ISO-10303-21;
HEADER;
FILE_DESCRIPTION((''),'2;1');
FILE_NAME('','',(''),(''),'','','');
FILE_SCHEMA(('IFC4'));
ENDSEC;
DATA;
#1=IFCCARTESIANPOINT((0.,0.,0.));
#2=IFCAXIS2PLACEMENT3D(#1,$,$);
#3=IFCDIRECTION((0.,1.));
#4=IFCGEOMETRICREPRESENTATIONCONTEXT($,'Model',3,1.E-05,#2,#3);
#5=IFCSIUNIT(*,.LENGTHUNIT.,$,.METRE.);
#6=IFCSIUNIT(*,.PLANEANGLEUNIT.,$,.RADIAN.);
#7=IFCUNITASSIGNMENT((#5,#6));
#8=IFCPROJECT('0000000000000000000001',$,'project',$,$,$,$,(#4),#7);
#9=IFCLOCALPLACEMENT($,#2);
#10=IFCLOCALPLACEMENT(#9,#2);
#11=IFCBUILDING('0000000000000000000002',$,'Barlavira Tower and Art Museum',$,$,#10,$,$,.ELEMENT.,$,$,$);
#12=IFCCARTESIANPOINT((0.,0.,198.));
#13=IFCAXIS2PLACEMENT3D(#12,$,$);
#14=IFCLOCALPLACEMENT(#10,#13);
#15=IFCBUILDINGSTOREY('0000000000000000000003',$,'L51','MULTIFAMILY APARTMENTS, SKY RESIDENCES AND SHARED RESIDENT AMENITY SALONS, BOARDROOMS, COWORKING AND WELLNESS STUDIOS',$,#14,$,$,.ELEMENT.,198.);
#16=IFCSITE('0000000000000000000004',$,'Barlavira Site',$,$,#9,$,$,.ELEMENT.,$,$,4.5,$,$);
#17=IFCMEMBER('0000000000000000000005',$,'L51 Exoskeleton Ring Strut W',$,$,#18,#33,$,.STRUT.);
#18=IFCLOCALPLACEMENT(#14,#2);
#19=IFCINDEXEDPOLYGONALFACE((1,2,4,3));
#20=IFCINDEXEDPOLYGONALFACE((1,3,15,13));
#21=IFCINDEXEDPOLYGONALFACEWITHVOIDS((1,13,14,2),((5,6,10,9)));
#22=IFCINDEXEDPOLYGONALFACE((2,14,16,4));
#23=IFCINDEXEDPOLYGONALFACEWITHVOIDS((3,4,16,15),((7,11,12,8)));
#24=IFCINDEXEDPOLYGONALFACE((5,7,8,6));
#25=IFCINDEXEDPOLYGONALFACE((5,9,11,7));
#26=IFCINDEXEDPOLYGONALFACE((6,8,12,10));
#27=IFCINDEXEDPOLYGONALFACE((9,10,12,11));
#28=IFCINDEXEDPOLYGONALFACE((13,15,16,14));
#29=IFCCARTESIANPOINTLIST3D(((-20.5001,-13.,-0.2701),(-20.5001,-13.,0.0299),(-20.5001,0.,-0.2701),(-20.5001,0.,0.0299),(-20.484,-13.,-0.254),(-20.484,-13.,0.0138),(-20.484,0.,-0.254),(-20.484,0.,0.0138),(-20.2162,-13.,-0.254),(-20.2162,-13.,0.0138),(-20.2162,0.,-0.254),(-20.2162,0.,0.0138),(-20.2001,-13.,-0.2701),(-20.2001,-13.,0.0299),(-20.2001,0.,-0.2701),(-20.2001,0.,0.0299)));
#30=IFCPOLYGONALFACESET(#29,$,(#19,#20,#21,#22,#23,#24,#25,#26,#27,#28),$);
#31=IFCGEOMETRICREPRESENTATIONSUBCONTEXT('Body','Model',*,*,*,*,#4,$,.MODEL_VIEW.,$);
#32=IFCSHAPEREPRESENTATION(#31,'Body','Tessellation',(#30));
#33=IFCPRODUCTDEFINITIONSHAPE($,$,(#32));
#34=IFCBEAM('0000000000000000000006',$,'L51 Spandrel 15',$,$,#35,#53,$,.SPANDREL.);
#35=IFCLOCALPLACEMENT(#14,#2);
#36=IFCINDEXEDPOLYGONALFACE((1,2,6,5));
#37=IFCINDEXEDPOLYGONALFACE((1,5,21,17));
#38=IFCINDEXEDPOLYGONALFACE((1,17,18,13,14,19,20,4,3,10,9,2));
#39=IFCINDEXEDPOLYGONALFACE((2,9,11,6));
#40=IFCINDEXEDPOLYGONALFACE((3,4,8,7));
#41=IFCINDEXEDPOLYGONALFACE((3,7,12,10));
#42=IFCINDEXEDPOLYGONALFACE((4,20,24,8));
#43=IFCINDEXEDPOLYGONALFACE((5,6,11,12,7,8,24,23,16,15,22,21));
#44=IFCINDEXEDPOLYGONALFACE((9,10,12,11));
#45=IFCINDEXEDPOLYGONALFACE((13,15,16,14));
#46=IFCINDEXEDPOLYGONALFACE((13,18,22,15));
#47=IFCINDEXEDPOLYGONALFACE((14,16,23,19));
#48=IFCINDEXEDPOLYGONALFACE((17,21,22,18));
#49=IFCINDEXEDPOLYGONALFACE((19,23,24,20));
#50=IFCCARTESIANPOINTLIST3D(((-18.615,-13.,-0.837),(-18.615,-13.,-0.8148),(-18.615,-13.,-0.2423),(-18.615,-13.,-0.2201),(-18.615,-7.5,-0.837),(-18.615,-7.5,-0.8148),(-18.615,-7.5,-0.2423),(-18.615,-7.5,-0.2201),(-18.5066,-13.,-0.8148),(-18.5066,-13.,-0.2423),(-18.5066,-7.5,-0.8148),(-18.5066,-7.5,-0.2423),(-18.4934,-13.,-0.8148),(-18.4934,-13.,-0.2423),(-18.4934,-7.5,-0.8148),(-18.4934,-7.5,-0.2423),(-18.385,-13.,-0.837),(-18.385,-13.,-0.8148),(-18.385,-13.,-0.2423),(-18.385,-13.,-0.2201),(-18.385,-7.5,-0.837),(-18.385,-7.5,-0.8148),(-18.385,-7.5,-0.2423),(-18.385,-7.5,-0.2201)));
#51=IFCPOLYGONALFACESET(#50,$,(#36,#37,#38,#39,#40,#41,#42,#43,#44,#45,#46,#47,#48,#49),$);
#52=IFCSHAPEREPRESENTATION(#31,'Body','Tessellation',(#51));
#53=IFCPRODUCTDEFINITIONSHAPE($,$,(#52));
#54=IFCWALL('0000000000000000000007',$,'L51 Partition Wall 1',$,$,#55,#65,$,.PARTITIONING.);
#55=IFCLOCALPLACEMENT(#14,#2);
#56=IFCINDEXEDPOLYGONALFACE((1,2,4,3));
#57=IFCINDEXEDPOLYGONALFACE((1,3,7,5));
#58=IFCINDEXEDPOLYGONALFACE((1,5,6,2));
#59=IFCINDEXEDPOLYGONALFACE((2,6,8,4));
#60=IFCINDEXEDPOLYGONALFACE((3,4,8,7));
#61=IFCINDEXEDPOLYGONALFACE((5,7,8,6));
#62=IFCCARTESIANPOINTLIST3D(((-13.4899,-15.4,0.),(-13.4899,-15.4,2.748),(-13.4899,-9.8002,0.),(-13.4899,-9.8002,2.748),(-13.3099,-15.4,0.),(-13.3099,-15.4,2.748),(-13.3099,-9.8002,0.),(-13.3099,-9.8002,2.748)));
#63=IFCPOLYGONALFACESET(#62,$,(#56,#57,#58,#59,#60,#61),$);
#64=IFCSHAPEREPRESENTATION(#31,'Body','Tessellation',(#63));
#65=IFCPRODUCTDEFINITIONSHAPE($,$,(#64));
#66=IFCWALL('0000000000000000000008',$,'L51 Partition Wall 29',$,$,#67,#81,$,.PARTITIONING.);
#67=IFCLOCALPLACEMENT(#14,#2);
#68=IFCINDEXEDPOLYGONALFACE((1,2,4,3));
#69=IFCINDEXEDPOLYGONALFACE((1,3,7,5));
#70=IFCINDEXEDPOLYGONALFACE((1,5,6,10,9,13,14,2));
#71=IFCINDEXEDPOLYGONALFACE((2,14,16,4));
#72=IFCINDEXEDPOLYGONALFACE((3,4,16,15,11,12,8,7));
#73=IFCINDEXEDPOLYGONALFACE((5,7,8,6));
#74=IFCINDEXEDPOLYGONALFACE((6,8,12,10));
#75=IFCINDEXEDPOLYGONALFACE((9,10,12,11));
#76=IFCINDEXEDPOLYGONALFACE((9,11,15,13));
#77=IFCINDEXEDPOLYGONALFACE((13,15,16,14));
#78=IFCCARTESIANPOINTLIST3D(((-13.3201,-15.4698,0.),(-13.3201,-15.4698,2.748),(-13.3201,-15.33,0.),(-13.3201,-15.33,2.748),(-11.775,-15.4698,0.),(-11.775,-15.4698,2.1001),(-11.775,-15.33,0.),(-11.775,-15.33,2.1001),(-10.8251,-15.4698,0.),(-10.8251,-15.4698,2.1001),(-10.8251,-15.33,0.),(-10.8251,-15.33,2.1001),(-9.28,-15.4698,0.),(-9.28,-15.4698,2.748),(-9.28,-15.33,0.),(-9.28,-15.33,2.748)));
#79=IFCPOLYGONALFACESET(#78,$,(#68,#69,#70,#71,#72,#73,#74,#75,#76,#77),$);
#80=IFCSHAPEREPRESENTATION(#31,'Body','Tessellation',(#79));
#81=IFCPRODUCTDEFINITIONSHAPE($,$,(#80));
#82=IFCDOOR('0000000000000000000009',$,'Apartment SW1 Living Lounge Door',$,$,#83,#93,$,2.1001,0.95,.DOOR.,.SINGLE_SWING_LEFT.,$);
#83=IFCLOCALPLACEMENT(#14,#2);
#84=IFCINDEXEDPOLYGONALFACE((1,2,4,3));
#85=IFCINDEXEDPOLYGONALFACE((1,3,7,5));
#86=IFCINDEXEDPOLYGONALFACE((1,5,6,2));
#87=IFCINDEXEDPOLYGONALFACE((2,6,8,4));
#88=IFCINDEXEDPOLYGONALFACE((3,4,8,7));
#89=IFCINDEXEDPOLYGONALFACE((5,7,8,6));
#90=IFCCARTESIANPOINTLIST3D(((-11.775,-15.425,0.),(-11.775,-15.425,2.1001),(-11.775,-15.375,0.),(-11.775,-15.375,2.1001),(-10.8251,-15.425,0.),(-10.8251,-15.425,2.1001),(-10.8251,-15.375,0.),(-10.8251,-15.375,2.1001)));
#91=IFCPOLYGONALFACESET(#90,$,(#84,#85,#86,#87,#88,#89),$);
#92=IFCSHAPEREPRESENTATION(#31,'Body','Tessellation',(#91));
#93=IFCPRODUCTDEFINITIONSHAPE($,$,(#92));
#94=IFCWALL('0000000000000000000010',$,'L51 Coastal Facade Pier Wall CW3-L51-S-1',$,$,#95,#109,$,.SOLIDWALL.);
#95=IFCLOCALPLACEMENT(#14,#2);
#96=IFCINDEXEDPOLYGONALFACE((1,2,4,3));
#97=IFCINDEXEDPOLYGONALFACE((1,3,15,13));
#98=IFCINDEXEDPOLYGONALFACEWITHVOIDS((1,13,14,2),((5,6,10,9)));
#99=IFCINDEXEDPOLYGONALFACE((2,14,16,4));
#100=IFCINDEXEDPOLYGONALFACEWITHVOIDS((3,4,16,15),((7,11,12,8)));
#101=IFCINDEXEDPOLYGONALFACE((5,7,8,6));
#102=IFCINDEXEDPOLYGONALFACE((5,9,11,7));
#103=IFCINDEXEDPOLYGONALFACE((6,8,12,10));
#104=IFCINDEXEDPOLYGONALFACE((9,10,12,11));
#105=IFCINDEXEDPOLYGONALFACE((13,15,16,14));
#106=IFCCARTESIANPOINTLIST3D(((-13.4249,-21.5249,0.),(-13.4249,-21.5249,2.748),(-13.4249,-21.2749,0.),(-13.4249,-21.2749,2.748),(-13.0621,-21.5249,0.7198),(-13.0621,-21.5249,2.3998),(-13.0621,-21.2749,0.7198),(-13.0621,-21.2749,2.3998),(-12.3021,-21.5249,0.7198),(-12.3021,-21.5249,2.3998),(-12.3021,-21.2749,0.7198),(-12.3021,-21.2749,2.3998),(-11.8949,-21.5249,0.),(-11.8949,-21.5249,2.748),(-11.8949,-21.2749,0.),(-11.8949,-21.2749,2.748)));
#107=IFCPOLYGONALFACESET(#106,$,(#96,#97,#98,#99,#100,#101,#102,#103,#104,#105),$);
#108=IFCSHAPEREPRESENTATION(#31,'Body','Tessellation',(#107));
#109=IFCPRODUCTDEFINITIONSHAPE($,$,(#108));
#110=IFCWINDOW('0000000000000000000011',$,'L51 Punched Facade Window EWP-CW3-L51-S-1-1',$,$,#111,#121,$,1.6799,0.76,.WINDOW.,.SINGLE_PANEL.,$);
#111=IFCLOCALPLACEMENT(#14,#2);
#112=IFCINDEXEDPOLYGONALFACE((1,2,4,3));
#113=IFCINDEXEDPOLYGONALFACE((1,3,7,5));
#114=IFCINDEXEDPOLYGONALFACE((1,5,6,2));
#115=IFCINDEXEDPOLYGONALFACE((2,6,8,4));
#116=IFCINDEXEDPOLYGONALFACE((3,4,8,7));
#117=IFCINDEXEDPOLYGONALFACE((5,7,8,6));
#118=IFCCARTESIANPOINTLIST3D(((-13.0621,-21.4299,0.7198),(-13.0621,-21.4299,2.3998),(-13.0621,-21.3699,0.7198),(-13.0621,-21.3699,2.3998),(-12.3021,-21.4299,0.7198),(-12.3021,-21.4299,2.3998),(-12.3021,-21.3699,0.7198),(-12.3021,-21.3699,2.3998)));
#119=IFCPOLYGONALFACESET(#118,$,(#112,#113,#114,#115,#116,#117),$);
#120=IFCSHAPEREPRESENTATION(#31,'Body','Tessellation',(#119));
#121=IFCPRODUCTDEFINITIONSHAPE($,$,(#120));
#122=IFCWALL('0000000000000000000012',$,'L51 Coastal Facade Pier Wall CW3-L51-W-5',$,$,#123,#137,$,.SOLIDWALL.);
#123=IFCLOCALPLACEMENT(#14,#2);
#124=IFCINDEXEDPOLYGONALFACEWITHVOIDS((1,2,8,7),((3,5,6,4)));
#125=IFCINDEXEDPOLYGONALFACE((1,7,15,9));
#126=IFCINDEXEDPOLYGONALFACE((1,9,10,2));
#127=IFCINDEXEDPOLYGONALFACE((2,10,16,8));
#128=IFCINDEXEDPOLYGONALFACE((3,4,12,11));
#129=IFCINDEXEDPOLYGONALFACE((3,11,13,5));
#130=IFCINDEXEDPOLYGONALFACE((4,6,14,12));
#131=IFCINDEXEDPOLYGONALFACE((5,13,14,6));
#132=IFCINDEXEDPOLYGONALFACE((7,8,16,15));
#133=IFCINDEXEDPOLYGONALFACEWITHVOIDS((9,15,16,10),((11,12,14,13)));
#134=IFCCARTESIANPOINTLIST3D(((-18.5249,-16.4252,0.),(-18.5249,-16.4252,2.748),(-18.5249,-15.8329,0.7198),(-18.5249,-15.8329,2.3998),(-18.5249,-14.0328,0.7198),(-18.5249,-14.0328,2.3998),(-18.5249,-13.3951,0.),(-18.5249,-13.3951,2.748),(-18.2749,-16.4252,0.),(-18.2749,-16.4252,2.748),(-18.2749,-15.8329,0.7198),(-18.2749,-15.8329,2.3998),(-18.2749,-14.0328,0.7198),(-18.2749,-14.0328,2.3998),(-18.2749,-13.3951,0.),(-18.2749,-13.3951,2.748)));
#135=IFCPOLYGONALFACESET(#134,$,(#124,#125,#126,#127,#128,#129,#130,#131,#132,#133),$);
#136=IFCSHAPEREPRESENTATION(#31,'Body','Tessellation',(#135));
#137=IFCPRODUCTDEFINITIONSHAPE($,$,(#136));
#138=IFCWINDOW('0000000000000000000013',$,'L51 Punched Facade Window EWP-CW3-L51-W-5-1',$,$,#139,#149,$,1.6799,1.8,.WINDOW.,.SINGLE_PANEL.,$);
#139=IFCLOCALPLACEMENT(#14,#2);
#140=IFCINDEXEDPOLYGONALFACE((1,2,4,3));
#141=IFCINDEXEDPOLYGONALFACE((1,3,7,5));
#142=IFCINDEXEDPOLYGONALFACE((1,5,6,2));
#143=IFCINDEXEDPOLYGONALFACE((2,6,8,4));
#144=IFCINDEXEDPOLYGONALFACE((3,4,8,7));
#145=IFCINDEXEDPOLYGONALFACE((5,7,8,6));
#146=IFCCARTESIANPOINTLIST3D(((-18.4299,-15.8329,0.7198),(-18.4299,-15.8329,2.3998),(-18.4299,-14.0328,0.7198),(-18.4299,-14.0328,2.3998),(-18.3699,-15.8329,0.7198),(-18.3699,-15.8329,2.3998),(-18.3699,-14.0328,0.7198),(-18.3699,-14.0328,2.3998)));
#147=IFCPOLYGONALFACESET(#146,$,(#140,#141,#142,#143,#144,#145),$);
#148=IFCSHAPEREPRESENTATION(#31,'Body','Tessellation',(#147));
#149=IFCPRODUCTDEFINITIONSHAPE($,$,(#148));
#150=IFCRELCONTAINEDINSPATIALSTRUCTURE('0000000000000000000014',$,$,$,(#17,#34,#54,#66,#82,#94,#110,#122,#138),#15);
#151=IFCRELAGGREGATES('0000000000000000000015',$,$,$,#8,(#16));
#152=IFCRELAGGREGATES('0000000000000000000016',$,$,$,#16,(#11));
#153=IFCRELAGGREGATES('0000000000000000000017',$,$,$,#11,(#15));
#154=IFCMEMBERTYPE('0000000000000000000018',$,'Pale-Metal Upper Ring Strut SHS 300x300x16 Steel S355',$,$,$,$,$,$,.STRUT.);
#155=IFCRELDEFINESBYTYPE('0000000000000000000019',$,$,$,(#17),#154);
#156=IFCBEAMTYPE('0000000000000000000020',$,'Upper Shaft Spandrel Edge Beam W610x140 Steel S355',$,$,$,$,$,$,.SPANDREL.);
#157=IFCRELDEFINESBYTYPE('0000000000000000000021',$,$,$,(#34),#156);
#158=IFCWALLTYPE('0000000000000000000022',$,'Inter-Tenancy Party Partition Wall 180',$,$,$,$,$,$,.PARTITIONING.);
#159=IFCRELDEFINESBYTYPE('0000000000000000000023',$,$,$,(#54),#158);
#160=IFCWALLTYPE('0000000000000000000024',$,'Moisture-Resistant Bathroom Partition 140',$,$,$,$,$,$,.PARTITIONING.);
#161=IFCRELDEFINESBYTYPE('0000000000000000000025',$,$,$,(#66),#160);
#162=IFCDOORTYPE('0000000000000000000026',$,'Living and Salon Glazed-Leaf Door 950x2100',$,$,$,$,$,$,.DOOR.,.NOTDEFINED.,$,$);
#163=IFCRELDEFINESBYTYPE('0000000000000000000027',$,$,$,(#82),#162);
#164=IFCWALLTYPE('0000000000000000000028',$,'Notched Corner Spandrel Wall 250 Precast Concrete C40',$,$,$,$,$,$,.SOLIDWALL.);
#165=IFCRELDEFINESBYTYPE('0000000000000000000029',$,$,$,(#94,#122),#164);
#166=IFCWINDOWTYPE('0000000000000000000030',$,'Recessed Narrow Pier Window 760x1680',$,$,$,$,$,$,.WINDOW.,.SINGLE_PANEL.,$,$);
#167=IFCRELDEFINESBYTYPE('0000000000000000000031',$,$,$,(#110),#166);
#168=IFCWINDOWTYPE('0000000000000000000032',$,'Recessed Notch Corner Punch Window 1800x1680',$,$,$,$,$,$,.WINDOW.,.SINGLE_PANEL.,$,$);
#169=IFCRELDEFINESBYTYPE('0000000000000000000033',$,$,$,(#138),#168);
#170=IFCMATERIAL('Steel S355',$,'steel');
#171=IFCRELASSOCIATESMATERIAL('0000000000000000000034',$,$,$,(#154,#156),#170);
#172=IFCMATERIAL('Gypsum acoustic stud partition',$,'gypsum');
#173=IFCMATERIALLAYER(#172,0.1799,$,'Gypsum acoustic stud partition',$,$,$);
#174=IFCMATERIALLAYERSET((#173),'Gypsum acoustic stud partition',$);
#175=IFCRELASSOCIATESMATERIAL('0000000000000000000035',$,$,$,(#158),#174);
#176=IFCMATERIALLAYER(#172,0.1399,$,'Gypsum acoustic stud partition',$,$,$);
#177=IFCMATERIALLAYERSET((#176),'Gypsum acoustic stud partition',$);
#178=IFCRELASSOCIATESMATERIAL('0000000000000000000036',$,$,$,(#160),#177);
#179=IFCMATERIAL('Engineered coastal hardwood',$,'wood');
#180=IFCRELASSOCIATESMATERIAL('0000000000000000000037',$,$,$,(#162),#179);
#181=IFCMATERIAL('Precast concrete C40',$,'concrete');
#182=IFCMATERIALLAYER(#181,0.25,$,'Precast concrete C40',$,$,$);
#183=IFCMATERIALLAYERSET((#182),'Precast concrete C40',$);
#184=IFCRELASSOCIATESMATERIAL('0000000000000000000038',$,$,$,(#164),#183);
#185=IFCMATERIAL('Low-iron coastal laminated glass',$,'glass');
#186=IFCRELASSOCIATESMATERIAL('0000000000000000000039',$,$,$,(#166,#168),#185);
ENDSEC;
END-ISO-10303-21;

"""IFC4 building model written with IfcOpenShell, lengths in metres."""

from ifc_helpers import new_model, si_unit, direction, frame, frame_2d, origin, origin_2d, place, context, subcontext, project, spatial, rectangle, hollow_rectangle, i_section, extrude, material, layer, layer_set, material_profile, profile_set, type_object, element, fill, save


model = new_model("IFC4")

# Units and contexts
model_context = context("Model", 3, precision=1e-05, world=origin(), true_north=direction((0.0, 1.0)))
body_context = subcontext(model_context, "Body", "Model", "MODEL_VIEW")
ifc_project = project(units=[si_unit("LENGTHUNIT", "METRE"), si_unit("PLANEANGLEUNIT", "RADIAN")], contexts=[model_context])

# Site, building, storey
site_placement = place(None, origin())
site = spatial("IfcSite", under=ifc_project, at=site_placement, Name="Barlavira Site", CompositionType="ELEMENT", RefElevation=4.5)
building_placement = place(site_placement, origin())
building = spatial("IfcBuilding", under=site, at=building_placement, Name="Barlavira Tower and Art Museum", CompositionType="ELEMENT")
storey_placement = place(building_placement, frame((0.0, 0.0, 198.0)))
storey = spatial("IfcBuildingStorey", under=building, at=storey_placement, Name="L51", Description="MULTIFAMILY APARTMENTS, SKY RESIDENCES AND SHARED RESIDENT AMENITY SALONS, BOARDROOMS, COWORKING AND WELLNESS STUDIOS", CompositionType="ELEMENT", Elevation=198.0)

# Member
ifc_material_1 = material(Name="Steel S355", Category="steel")
ifc_material_profile_1 = material_profile(ifc_material_1, hollow_rectangle(XDim=0.3, YDim=0.3, WallThickness=0.0161, at=origin_2d()), Name="SHS 300x300x16.0")
ifc_profile_set_1 = profile_set([ifc_material_profile_1], Name="Steel S355")
member_type_1 = type_object("IfcMemberType", Name="Pale-Metal Upper Ring Strut SHS 300x300x16 Steel S355", PredefinedType="STRUT", material=ifc_profile_set_1)
member_1_placement = place(storey_placement, frame((-20.3501, -13.0, -0.1201), z_axis=(0.0, 1.0, 0.0), x_axis=(-1.0, 0.0, 0.0)))
element("IfcMember", 1, at=member_1_placement, inside=storey, type_object=member_type_1, Name="L51 Exoskeleton Ring Strut W", PredefinedType="STRUT", context=body_context, shape_type="SweptSolid", body=[
    extrude(hollow_rectangle(XDim=0.3, YDim=0.3, WallThickness=0.0161, at=origin_2d()), origin(), (0.0, 0.0, 1.0), 13.0),
])

# Beam
ifc_material_profile_2 = material_profile(ifc_material_1, i_section(OverallWidth=0.23, OverallDepth=0.6169, WebThickness=0.0132, FlangeThickness=0.0222, at=origin_2d()), Name="W610x140.0")
ifc_profile_set_2 = profile_set([ifc_material_profile_2], Name="Steel S355")
beam_type = type_object("IfcBeamType", Name="Upper Shaft Spandrel Edge Beam W610x140 Steel S355", PredefinedType="SPANDREL", material=ifc_profile_set_2)
beam_placement = place(storey_placement, frame((-18.5, -13.0, -0.5286), z_axis=(0.0, 1.0, 0.0), x_axis=(-1.0, 0.0, 0.0)))
element("IfcBeam", 2, at=beam_placement, inside=storey, type_object=beam_type, Name="L51 Spandrel 15", PredefinedType="SPANDREL", context=body_context, shape_type="SweptSolid", body=[
    extrude(i_section(OverallWidth=0.23, OverallDepth=0.6169, WebThickness=0.0132, FlangeThickness=0.0222, at=origin_2d()), origin(), (0.0, 0.0, 1.0), 5.5),
])

# Wall
ifc_material_2 = material(Name="Gypsum acoustic stud partition", Category="gypsum")
ifc_layer_1 = layer(ifc_material_2, 0.1799, Name="Gypsum acoustic stud partition")
ifc_layer_set_1 = layer_set([ifc_layer_1], Name="Gypsum acoustic stud partition")
wall_type_1 = type_object("IfcWallType", Name="Inter-Tenancy Party Partition Wall 180", PredefinedType="PARTITIONING", material=ifc_layer_set_1)
wall_1_placement = place(storey_placement, frame((-13.3999, -15.3999, 0.0), z_axis=(0.0, 0.0, 1.0), x_axis=(0.0, 1.0, 0.0)))
element("IfcWall", 3, at=wall_1_placement, inside=storey, type_object=wall_type_1, Name="L51 Partition Wall 1", PredefinedType="PARTITIONING", context=body_context, shape_type="SweptSolid", body=[
    extrude(rectangle(XDim=5.5999, YDim=0.1799, at=frame_2d((2.7998, 0.0))), origin(), (0.0, 0.0, 1.0), 2.748),
])

# Wall, opening, door
ifc_layer_2 = layer(ifc_material_2, 0.1399, Name="Gypsum acoustic stud partition")
ifc_layer_set_2 = layer_set([ifc_layer_2], Name="Gypsum acoustic stud partition")
wall_type_2 = type_object("IfcWallType", Name="Moisture-Resistant Bathroom Partition 140", PredefinedType="PARTITIONING", material=ifc_layer_set_2)
wall_2_placement = place(storey_placement, frame((-13.3201, -15.3999, 0.0), z_axis=(0.0, 0.0, 1.0), x_axis=(1.0, 0.0, 0.0)))
wall_2 = element("IfcWall", 4, at=wall_2_placement, inside=storey, type_object=wall_type_2, Name="L51 Partition Wall 29", PredefinedType="PARTITIONING", context=body_context, shape_type="SweptSolid", body=[
    extrude(rectangle(XDim=4.04, YDim=0.1399, at=frame_2d((2.02, 0.0))), origin(), (0.0, 0.0, 1.0), 2.748),
])
opening_1_placement = place(wall_2_placement, frame((1.5449, 0.0, 0.0)))
opening_1 = element("IfcOpeningElement", 5, at=opening_1_placement, cuts=wall_2, PredefinedType="OPENING", context=body_context, shape_type="SweptSolid", body=[
    extrude(rectangle(XDim=0.95, YDim=2.1001, at=frame_2d((0.4751, 1.05))), frame((0.0, 0.0801, 0.0), z_axis=(0.0, -1.0, 0.0), x_axis=(1.0, 0.0, 0.0)), (0.0, 0.0, 1.0), 0.1599),
])
ifc_material_3 = material(Name="Engineered coastal hardwood", Category="wood")
door_type = type_object("IfcDoorType", Name="Living and Salon Glazed-Leaf Door 950x2100", OperationType="NOTDEFINED", PredefinedType="DOOR", material=ifc_material_3)
door_placement = place(opening_1_placement, origin())
door = element("IfcDoor", 6, at=door_placement, inside=storey, type_object=door_type, Name="Apartment SW1 Living Lounge Door", OperationType="SINGLE_SWING_LEFT", OverallHeight=2.1001, OverallWidth=0.95, PredefinedType="DOOR", context=body_context, shape_type="SweptSolid", body=[
    extrude(rectangle(XDim=0.95, YDim=2.1001, at=frame_2d((0.4751, 1.05))), frame((0.0, 0.0249, 0.0), z_axis=(0.0, -1.0, 0.0), x_axis=(1.0, 0.0, 0.0)), (0.0, 0.0, 1.0), 0.05),
])
fill(opening_1, door)

# Walls, openings, windows
ifc_material_4 = material(Name="Precast concrete C40", Category="concrete")
ifc_layer_3 = layer(ifc_material_4, 0.25, Name="Precast concrete C40")
ifc_layer_set_3 = layer_set([ifc_layer_3], Name="Precast concrete C40")
wall_type_3 = type_object("IfcWallType", Name="Notched Corner Spandrel Wall 250 Precast Concrete C40", PredefinedType="SOLIDWALL", material=ifc_layer_set_3)
wall_3_placement = place(storey_placement, frame((-13.425, -21.3999, 0.0), z_axis=(0.0, 0.0, 1.0), x_axis=(1.0, 0.0, 0.0)))
wall_3 = element("IfcWall", 7, at=wall_3_placement, inside=storey, type_object=wall_type_3, Name="L51 Coastal Facade Pier Wall CW3-L51-S-1", PredefinedType="SOLIDWALL", context=body_context, shape_type="SweptSolid", body=[
    extrude(rectangle(XDim=1.53, YDim=0.25, at=frame_2d((0.7651, 0.0))), origin(), (0.0, 0.0, 1.0), 2.748),
])
opening_2_placement = place(wall_3_placement, frame((0.363, 0.0, 0.72)))
opening_2 = element("IfcOpeningElement", 8, at=opening_2_placement, cuts=wall_3, PredefinedType="OPENING", context=body_context, shape_type="SweptSolid", body=[
    extrude(rectangle(XDim=0.76, YDim=1.6799, at=frame_2d((0.3799, 0.8398))), frame((0.0, 0.135, 0.0), z_axis=(0.0, -1.0, 0.0), x_axis=(1.0, 0.0, 0.0)), (0.0, 0.0, 1.0), 0.27),
])
ifc_material_5 = material(Name="Low-iron coastal laminated glass", Category="glass")
window_type_1 = type_object("IfcWindowType", Name="Recessed Narrow Pier Window 760x1680", PartitioningType="SINGLE_PANEL", PredefinedType="WINDOW", material=ifc_material_5)
window_1_placement = place(opening_2_placement, origin())
window_1 = element("IfcWindow", 9, at=window_1_placement, inside=storey, type_object=window_type_1, Name="L51 Punched Facade Window EWP-CW3-L51-S-1-1", OverallHeight=1.6799, OverallWidth=0.76, PartitioningType="SINGLE_PANEL", PredefinedType="WINDOW", context=body_context, shape_type="SweptSolid", body=[
    extrude(rectangle(XDim=0.76, YDim=1.6799, at=frame_2d((0.3799, 0.8398))), frame((0.0, 0.03, 0.0), z_axis=(0.0, -1.0, 0.0), x_axis=(1.0, 0.0, 0.0)), (0.0, 0.0, 1.0), 0.0601),
])
fill(opening_2, window_1)
wall_4_placement = place(storey_placement, frame((-18.3999, -13.395, 0.0), z_axis=(0.0, 0.0, 1.0), x_axis=(0.0, -1.0, 0.0)))
wall_4 = element("IfcWall", 10, at=wall_4_placement, inside=storey, type_object=wall_type_3, Name="L51 Coastal Facade Pier Wall CW3-L51-W-5", PredefinedType="SOLIDWALL", context=body_context, shape_type="SweptSolid", body=[
    extrude(rectangle(XDim=3.03, YDim=0.25, at=frame_2d((1.5151, 0.0))), origin(), (0.0, 0.0, 1.0), 2.748),
])
opening_3_placement = place(wall_4_placement, frame((0.6379, 0.0, 0.72)))
opening_3 = element("IfcOpeningElement", 11, at=opening_3_placement, cuts=wall_4, PredefinedType="OPENING", context=body_context, shape_type="SweptSolid", body=[
    extrude(rectangle(XDim=1.8, YDim=1.6799, at=frame_2d((0.8999, 0.8398))), frame((0.0, 0.135, 0.0), z_axis=(0.0, -1.0, 0.0), x_axis=(1.0, 0.0, 0.0)), (0.0, 0.0, 1.0), 0.27),
])
window_type_2 = type_object("IfcWindowType", Name="Recessed Notch Corner Punch Window 1800x1680", PartitioningType="SINGLE_PANEL", PredefinedType="WINDOW", material=ifc_material_5)
window_2_placement = place(opening_3_placement, origin())
window_2 = element("IfcWindow", 12, at=window_2_placement, inside=storey, type_object=window_type_2, Name="L51 Punched Facade Window EWP-CW3-L51-W-5-1", OverallHeight=1.6799, OverallWidth=1.8, PartitioningType="SINGLE_PANEL", PredefinedType="WINDOW", context=body_context, shape_type="SweptSolid", body=[
    extrude(rectangle(XDim=1.8, YDim=1.6799, at=frame_2d((0.8999, 0.8398))), frame((0.0, 0.03, 0.0), z_axis=(0.0, -1.0, 0.0), x_axis=(1.0, 0.0, 0.0)), (0.0, 0.0, 1.0), 0.0601),
])
fill(opening_3, window_2)

save(model, "model.ifc")
